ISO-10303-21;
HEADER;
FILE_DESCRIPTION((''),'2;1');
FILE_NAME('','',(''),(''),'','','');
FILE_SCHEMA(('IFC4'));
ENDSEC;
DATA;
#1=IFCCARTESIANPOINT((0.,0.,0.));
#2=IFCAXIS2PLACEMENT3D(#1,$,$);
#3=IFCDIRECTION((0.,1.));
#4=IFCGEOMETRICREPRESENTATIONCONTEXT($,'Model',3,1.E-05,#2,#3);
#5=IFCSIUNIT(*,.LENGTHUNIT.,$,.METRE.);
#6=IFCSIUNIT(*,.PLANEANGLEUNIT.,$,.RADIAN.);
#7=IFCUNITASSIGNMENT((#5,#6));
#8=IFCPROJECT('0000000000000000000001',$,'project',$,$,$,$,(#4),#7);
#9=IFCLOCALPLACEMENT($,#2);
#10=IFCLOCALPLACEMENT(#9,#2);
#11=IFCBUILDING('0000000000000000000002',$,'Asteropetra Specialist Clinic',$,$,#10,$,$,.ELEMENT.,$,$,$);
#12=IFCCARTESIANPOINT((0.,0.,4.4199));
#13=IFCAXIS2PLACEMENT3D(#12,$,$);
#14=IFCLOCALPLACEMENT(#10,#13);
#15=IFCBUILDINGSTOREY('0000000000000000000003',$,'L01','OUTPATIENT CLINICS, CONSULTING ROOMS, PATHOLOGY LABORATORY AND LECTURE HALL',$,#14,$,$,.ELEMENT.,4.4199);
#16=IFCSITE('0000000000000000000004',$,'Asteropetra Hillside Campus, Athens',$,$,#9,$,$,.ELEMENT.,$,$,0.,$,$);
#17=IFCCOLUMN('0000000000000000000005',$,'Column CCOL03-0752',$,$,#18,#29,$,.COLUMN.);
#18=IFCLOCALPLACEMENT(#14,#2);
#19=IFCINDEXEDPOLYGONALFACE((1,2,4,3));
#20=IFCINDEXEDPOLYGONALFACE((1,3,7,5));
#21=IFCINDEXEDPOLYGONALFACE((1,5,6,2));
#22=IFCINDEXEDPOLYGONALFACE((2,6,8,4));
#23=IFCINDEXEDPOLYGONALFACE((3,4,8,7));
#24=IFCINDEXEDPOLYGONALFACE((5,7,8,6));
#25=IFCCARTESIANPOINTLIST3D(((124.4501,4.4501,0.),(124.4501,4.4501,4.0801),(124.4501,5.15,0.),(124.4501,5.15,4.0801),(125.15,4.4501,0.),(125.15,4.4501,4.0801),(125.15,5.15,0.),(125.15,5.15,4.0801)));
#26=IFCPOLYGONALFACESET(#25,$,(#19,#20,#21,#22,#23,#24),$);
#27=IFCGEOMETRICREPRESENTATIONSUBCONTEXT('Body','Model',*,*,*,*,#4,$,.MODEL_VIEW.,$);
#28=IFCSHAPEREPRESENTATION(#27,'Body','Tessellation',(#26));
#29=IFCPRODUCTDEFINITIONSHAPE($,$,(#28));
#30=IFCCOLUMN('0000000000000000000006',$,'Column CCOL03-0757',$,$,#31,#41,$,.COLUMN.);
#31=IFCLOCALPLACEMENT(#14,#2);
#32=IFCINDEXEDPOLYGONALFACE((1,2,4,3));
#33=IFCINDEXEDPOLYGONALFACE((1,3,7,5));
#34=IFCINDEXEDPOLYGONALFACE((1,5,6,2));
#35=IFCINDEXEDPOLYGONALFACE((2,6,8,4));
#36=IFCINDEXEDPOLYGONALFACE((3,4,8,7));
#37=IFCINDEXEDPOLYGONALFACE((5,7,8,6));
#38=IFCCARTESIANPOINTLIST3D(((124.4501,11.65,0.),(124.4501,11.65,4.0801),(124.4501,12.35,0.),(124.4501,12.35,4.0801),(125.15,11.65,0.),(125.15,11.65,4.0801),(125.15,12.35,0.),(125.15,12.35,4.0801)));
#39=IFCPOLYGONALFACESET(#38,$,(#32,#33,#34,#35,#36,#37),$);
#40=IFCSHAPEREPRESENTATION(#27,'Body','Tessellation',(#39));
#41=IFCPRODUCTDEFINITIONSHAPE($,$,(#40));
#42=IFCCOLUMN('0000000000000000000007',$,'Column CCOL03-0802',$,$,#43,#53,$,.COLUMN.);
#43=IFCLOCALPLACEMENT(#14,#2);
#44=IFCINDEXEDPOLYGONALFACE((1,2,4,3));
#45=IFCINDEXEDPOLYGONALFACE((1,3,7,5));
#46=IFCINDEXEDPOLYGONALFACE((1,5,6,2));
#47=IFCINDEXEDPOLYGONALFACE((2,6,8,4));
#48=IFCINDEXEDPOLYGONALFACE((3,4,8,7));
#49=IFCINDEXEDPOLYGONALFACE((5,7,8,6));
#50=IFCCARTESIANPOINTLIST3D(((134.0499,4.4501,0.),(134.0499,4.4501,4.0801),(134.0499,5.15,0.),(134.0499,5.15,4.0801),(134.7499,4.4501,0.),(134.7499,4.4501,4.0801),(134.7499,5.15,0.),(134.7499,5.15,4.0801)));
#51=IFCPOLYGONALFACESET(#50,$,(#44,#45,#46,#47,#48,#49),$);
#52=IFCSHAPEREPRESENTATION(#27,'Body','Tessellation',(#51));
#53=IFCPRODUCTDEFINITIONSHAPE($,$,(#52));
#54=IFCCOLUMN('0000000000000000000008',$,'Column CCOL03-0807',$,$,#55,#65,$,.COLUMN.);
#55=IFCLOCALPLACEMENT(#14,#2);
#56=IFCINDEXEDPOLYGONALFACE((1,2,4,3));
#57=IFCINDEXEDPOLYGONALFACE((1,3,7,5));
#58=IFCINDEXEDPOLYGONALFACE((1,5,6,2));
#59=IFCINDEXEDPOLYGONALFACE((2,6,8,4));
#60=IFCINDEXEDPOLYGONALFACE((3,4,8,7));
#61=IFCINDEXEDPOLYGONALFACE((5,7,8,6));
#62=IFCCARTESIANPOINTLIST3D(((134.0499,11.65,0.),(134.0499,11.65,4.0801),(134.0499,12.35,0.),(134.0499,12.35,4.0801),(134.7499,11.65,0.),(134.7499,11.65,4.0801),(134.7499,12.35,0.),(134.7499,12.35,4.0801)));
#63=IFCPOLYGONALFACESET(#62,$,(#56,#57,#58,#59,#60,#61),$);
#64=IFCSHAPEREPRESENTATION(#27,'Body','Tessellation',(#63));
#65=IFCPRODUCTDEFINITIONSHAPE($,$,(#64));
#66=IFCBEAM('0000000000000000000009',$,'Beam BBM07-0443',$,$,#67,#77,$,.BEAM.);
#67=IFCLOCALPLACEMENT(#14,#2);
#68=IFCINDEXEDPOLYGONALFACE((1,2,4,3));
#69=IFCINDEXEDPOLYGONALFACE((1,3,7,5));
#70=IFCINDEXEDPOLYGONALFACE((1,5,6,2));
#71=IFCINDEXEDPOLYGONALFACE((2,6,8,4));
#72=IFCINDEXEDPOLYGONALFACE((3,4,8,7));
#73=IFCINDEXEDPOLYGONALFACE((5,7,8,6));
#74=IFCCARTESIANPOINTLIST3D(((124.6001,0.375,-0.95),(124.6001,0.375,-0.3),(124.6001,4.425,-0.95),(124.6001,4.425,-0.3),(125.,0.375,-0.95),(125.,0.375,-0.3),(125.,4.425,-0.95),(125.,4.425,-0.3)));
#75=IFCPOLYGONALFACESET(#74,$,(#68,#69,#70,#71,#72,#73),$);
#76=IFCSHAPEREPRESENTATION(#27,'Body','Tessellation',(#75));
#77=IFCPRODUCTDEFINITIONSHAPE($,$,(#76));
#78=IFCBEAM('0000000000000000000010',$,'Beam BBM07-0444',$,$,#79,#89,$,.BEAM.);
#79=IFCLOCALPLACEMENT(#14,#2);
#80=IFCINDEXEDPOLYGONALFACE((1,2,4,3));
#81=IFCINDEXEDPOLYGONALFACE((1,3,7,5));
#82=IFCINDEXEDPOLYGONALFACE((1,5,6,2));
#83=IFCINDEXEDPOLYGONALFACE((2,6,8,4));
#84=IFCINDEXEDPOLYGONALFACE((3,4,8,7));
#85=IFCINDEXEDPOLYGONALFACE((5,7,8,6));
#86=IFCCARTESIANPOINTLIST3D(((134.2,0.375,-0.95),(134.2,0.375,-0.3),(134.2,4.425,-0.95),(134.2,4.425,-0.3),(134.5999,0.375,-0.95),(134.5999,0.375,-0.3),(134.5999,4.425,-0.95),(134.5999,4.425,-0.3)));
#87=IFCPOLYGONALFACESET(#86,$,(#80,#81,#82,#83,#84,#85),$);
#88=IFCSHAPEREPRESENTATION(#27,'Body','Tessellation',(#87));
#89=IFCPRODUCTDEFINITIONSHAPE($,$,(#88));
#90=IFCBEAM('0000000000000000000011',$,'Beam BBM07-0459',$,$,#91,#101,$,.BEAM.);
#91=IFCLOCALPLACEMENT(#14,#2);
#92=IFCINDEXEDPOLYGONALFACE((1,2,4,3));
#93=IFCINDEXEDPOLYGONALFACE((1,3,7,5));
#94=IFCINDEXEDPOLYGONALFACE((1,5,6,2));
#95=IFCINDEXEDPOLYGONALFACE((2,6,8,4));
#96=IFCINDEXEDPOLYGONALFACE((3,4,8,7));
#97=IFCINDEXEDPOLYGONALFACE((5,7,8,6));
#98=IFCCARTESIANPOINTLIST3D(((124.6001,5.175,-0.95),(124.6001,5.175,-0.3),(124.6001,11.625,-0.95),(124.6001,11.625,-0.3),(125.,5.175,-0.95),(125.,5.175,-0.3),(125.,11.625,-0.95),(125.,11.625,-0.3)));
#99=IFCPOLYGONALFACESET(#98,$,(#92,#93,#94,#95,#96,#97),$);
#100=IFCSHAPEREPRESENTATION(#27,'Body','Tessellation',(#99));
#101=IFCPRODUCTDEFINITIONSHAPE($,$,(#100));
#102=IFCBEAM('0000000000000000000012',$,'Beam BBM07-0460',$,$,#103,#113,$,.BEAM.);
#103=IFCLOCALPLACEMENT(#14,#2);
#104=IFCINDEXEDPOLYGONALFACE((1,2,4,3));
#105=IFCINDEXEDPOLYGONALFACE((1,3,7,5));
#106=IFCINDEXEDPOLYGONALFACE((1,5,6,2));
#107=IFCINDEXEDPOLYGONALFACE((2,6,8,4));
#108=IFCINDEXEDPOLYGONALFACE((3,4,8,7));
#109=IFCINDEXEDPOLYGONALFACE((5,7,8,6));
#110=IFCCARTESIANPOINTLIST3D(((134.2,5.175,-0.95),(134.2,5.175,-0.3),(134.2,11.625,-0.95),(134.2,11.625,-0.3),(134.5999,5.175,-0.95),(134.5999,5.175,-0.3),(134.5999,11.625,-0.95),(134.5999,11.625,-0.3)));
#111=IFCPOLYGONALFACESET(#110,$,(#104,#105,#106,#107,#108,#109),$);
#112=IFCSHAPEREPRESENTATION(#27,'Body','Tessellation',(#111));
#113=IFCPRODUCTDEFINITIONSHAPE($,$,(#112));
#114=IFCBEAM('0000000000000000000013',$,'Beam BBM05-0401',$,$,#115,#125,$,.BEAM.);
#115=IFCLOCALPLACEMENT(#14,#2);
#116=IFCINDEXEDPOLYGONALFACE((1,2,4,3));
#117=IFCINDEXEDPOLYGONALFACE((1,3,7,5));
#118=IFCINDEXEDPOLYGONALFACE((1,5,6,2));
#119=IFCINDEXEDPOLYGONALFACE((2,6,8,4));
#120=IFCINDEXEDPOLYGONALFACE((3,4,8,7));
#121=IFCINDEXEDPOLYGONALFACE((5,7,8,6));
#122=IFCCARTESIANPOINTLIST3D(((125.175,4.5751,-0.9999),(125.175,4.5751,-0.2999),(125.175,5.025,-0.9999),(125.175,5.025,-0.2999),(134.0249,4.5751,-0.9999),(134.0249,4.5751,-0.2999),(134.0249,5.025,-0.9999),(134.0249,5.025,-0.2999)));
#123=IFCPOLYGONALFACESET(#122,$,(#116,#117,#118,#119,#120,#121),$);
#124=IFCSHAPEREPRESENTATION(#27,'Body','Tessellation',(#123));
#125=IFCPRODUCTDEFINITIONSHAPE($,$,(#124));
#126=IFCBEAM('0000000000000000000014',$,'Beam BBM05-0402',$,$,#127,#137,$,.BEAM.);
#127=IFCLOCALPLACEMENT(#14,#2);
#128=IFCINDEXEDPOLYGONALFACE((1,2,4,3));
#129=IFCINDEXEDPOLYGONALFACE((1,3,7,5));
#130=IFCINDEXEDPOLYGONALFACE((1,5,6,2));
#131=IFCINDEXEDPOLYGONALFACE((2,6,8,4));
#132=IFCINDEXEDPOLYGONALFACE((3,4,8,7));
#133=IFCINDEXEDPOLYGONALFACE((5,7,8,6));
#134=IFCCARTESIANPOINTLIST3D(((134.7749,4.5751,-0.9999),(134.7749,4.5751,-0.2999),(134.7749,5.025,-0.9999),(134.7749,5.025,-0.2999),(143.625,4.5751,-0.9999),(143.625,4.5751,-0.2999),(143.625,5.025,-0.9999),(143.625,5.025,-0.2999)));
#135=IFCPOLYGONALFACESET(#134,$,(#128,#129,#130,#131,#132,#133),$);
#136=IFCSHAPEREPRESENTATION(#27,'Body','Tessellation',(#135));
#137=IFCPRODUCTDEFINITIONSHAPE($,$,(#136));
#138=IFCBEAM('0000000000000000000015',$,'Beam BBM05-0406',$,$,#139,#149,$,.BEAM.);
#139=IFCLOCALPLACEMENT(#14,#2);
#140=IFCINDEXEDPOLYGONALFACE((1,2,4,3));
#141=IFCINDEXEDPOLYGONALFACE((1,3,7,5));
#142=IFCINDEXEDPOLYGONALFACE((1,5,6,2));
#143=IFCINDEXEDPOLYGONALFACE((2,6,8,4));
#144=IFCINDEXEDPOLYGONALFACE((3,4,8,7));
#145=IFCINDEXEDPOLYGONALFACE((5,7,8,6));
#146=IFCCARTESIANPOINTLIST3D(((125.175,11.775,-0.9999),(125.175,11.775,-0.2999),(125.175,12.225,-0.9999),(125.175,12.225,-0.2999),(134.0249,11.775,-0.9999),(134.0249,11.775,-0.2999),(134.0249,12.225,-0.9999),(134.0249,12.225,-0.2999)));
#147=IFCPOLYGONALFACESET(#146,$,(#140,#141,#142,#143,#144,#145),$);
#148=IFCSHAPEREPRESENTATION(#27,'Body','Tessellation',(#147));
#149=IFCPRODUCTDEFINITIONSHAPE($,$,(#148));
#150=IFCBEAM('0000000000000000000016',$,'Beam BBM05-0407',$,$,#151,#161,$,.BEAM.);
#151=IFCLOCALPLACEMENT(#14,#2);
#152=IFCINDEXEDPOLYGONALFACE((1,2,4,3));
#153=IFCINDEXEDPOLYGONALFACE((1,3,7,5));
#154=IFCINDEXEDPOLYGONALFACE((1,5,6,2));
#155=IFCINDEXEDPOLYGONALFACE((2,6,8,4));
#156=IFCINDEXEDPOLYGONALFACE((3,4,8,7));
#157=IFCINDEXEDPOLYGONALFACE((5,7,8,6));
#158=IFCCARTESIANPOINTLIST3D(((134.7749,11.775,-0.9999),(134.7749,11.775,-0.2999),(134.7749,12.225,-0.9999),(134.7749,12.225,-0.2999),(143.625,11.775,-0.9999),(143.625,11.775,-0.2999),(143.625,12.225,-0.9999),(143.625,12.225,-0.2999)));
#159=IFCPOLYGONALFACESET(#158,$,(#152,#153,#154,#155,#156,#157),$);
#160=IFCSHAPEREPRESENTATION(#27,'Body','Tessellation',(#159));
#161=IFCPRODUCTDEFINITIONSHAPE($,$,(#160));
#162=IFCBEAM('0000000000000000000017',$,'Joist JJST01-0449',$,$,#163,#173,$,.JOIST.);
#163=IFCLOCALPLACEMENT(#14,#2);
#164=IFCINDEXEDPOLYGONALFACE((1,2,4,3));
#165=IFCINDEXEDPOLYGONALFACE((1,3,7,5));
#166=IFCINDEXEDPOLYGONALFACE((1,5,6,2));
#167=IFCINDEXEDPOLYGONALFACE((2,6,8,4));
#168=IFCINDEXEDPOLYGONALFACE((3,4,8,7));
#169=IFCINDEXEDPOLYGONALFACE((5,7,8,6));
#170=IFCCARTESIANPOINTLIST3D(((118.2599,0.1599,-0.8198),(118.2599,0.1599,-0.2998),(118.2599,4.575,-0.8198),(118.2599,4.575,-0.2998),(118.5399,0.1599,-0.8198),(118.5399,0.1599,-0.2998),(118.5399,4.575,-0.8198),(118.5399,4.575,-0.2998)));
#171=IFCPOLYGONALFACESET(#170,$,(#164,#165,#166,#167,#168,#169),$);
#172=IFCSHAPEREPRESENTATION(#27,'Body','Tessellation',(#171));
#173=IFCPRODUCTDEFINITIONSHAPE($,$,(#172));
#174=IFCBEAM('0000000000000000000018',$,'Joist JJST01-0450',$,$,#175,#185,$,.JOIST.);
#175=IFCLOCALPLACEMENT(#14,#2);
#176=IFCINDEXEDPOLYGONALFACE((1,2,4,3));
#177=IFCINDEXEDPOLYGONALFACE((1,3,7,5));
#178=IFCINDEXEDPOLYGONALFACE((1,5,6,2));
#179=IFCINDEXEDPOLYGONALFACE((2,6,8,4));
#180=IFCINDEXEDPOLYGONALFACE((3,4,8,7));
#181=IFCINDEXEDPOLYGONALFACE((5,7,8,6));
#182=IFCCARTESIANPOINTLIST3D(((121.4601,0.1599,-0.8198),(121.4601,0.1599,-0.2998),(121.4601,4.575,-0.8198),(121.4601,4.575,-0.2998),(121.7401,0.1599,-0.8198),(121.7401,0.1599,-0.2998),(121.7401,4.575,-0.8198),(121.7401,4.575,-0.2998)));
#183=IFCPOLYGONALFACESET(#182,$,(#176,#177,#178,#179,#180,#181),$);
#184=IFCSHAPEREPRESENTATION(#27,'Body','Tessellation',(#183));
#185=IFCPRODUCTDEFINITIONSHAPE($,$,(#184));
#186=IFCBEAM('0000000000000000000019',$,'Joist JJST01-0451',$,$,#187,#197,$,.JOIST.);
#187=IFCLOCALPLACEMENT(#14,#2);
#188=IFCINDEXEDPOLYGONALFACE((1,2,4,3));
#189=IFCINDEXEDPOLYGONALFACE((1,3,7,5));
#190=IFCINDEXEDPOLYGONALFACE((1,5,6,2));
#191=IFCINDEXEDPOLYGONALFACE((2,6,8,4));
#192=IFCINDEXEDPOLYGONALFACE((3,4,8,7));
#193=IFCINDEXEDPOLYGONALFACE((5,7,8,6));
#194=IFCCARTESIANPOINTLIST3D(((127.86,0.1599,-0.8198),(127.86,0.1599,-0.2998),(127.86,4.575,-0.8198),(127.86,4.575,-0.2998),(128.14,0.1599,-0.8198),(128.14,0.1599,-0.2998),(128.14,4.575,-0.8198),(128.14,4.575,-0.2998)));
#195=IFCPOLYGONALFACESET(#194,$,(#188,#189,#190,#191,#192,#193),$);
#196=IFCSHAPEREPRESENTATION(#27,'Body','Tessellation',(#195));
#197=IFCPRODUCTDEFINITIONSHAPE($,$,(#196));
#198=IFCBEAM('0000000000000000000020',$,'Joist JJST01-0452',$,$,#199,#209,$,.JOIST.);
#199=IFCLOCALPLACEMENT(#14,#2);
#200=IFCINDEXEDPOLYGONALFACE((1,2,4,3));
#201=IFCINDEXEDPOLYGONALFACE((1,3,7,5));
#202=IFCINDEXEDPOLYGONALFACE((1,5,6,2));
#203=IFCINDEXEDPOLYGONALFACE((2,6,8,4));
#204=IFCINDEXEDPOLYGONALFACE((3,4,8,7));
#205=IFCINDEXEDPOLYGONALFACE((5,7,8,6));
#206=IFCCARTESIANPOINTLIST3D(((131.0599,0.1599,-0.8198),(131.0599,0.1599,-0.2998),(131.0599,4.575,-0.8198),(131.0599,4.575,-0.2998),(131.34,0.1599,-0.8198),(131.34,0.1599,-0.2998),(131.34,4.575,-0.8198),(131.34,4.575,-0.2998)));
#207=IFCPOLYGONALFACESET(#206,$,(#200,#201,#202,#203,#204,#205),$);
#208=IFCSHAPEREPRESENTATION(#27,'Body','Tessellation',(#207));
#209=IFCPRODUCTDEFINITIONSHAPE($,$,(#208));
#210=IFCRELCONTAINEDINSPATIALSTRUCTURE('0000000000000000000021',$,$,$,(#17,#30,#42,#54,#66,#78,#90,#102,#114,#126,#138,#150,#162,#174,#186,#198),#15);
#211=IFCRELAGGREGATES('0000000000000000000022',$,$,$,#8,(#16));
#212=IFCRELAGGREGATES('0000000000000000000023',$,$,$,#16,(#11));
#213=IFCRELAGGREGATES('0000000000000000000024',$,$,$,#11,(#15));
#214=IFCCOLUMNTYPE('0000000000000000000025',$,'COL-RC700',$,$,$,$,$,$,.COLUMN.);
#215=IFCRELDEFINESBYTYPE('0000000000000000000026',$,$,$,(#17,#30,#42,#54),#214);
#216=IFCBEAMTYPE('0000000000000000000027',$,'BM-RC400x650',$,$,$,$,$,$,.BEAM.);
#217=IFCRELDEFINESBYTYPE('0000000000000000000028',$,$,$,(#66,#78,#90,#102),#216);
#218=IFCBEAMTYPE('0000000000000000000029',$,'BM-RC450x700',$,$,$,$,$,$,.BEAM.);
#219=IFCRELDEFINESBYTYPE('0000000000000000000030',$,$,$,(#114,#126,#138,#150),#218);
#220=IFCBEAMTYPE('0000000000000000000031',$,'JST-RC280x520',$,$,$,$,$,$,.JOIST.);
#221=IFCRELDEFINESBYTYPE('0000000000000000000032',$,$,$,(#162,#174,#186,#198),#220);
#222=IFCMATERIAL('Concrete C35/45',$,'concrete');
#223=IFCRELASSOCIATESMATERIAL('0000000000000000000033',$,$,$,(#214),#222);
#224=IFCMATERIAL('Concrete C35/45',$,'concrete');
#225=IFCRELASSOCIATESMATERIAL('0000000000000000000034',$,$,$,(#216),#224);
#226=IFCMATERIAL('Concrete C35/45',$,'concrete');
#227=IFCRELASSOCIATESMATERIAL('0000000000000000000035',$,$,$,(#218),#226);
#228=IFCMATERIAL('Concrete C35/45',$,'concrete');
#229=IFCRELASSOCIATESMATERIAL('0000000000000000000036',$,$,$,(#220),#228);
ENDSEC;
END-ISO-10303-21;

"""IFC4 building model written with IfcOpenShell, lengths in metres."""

from ifc_helpers import new_model, si_unit, direction, frame, origin, origin_2d, place, context, subcontext, project, spatial, rectangle, extrude, material, material_profile, profile_set, type_object, element, save


model = new_model("IFC4")

# Units and contexts
model_context = context("Model", 3, precision=1e-05, world=origin(), true_north=direction((0.0, 1.0)))
body_context = subcontext(model_context, "Body", "Model", "MODEL_VIEW")
ifc_project = project(units=[si_unit("LENGTHUNIT", "METRE"), si_unit("PLANEANGLEUNIT", "RADIAN")], contexts=[model_context])

# Site, building, storey
site_placement = place(None, origin())
site = spatial("IfcSite", under=ifc_project, at=site_placement, Name="Asteropetra Hillside Campus, Athens", CompositionType="ELEMENT", RefElevation=0.0)
building_placement = place(site_placement, origin())
building = spatial("IfcBuilding", under=site, at=building_placement, Name="Asteropetra Specialist Clinic", CompositionType="ELEMENT")
storey_placement = place(building_placement, frame((0.0, 0.0, 4.4199)))
storey = spatial("IfcBuildingStorey", under=building, at=storey_placement, Name="L01", Description="OUTPATIENT CLINICS, CONSULTING ROOMS, PATHOLOGY LABORATORY AND LECTURE HALL", CompositionType="ELEMENT", Elevation=4.4199)

# Columns
ifc_material_1 = material(Name="Concrete C35/45", Category="concrete")
ifc_material_profile_1 = material_profile(ifc_material_1, rectangle(XDim=0.7, YDim=0.7, at=origin_2d()), Name="RC 700x700")
ifc_profile_set_1 = profile_set([ifc_material_profile_1], Name="Concrete C35/45")
column_type = type_object("IfcColumnType", Name="COL-RC700", PredefinedType="COLUMN", material=ifc_profile_set_1)
for number, where, z_axis, x_axis, name in (
    (1, (124.8, 4.8, 0.0), (0.0, 0.0, 1.0), (1.0, 0.0, 0.0), "Column CCOL03-0752"),
    (2, (124.8, 12.0, 0.0), (0.0, 0.0, 1.0), (1.0, 0.0, 0.0), "Column CCOL03-0757"),
    (3, (134.3999, 4.8, 0.0), (0.0, 0.0, 1.0), (1.0, 0.0, 0.0), "Column CCOL03-0802"),
    (4, (134.3999, 12.0, 0.0), (0.0, 0.0, 1.0), (1.0, 0.0, 0.0), "Column CCOL03-0807"),
):
    element("IfcColumn", number, at=place(storey_placement, frame(where, z_axis=z_axis, x_axis=x_axis)), inside=storey, type_object=column_type, Name=name, PredefinedType="COLUMN", context=body_context, shape_type="SweptSolid", body=[
        extrude(rectangle(XDim=0.7, YDim=0.7, at=origin_2d()), origin(), (0.0, 0.0, 1.0), 4.0801),
    ])

# Beams
ifc_material_2 = material(Name="Concrete C35/45", Category="concrete")
ifc_material_profile_2 = material_profile(ifc_material_2, rectangle(XDim=0.3999, YDim=0.6499, at=origin_2d()), Name="RCB 400x650")
ifc_profile_set_2 = profile_set([ifc_material_profile_2], Name="Concrete C35/45")
beam_type_1 = type_object("IfcBeamType", Name="BM-RC400x650", PredefinedType="BEAM", material=ifc_profile_set_2)
for number, where, z_axis, x_axis, name in (
    (5, (124.8, 0.375, -0.625), (0.0, 1.0, 0.0), (-1.0, 0.0, 0.0), "Beam BBM07-0443"),
    (6, (134.3999, 0.375, -0.625), (0.0, 1.0, 0.0), (-1.0, 0.0, 0.0), "Beam BBM07-0444"),
):
    element("IfcBeam", number, at=place(storey_placement, frame(where, z_axis=z_axis, x_axis=x_axis)), inside=storey, type_object=beam_type_1, Name=name, PredefinedType="BEAM", context=body_context, shape_type="SweptSolid", body=[
        extrude(rectangle(XDim=0.3999, YDim=0.6499, at=origin_2d()), origin(), (0.0, 0.0, 1.0), 4.05),
    ])
for number, where, z_axis, x_axis, name in (
    (7, (124.8, 5.175, -0.625), (0.0, 1.0, 0.0), (-1.0, 0.0, 0.0), "Beam BBM07-0459"),
    (8, (134.3999, 5.175, -0.625), (0.0, 1.0, 0.0), (-1.0, 0.0, 0.0), "Beam BBM07-0460"),
):
    element("IfcBeam", number, at=place(storey_placement, frame(where, z_axis=z_axis, x_axis=x_axis)), inside=storey, type_object=beam_type_1, Name=name, PredefinedType="BEAM", context=body_context, shape_type="SweptSolid", body=[
        extrude(rectangle(XDim=0.3999, YDim=0.6499, at=origin_2d()), origin(), (0.0, 0.0, 1.0), 6.45),
    ])
ifc_material_3 = material(Name="Concrete C35/45", Category="concrete")
ifc_material_profile_3 = material_profile(ifc_material_3, rectangle(XDim=0.45, YDim=0.7, at=origin_2d()), Name="RCB 450x700")
ifc_profile_set_3 = profile_set([ifc_material_profile_3], Name="Concrete C35/45")
beam_type_2 = type_object("IfcBeamType", Name="BM-RC450x700", PredefinedType="BEAM", material=ifc_profile_set_3)
beam_1_placement = place(storey_placement, frame((125.175, 4.8, -0.6499), z_axis=(1.0, 0.0, 0.0), x_axis=(0.0, 1.0, 0.0)))
element("IfcBeam", 9, at=beam_1_placement, inside=storey, type_object=beam_type_2, Name="Beam BBM05-0401", PredefinedType="BEAM", context=body_context, shape_type="SweptSolid", body=[
    extrude(rectangle(XDim=0.45, YDim=0.7, at=origin_2d()), origin(), (0.0, 0.0, 1.0), 8.8499),
])
beam_2_placement = place(storey_placement, frame((134.7749, 4.8, -0.6499), z_axis=(1.0, 0.0, 0.0), x_axis=(0.0, 1.0, 0.0)))
element("IfcBeam", 10, at=beam_2_placement, inside=storey, type_object=beam_type_2, Name="Beam BBM05-0402", PredefinedType="BEAM", context=body_context, shape_type="SweptSolid", body=[
    extrude(rectangle(XDim=0.45, YDim=0.7, at=origin_2d()), origin(), (0.0, 0.0, 1.0), 8.8501),
])
beam_3_placement = place(storey_placement, frame((125.175, 12.0, -0.6499), z_axis=(1.0, 0.0, 0.0), x_axis=(0.0, 1.0, 0.0)))
element("IfcBeam", 11, at=beam_3_placement, inside=storey, type_object=beam_type_2, Name="Beam BBM05-0406", PredefinedType="BEAM", context=body_context, shape_type="SweptSolid", body=[
    extrude(rectangle(XDim=0.45, YDim=0.7, at=origin_2d()), origin(), (0.0, 0.0, 1.0), 8.8499),
])
beam_4_placement = place(storey_placement, frame((134.7749, 12.0, -0.6499), z_axis=(1.0, 0.0, 0.0), x_axis=(0.0, 1.0, 0.0)))
element("IfcBeam", 12, at=beam_4_placement, inside=storey, type_object=beam_type_2, Name="Beam BBM05-0407", PredefinedType="BEAM", context=body_context, shape_type="SweptSolid", body=[
    extrude(rectangle(XDim=0.45, YDim=0.7, at=origin_2d()), origin(), (0.0, 0.0, 1.0), 8.8501),
])
ifc_material_4 = material(Name="Concrete C35/45", Category="concrete")
ifc_material_profile_4 = material_profile(ifc_material_4, rectangle(XDim=0.28, YDim=0.52, at=origin_2d()), Name="RCJ 280x520")
ifc_profile_set_4 = profile_set([ifc_material_profile_4], Name="Concrete C35/45")
beam_type_3 = type_object("IfcBeamType", Name="JST-RC280x520", PredefinedType="JOIST", material=ifc_profile_set_4)
for number, where, z_axis, x_axis, name in (
    (13, (118.3999, 0.1599, -0.5598), (0.0, 1.0, 0.0), (-1.0, 0.0, 0.0), "Joist JJST01-0449"),
    (14, (121.6001, 0.1599, -0.5598), (0.0, 1.0, 0.0), (-1.0, 0.0, 0.0), "Joist JJST01-0450"),
    (15, (128.0, 0.1599, -0.5598), (0.0, 1.0, 0.0), (-1.0, 0.0, 0.0), "Joist JJST01-0451"),
    (16, (131.2, 0.1599, -0.5598), (0.0, 1.0, 0.0), (-1.0, 0.0, 0.0), "Joist JJST01-0452"),
):
    element("IfcBeam", number, at=place(storey_placement, frame(where, z_axis=z_axis, x_axis=x_axis)), inside=storey, type_object=beam_type_3, Name=name, PredefinedType="JOIST", context=body_context, shape_type="SweptSolid", body=[
        extrude(rectangle(XDim=0.28, YDim=0.52, at=origin_2d()), origin(), (0.0, 0.0, 1.0), 4.415),
    ])

save(model, "model.ifc")
